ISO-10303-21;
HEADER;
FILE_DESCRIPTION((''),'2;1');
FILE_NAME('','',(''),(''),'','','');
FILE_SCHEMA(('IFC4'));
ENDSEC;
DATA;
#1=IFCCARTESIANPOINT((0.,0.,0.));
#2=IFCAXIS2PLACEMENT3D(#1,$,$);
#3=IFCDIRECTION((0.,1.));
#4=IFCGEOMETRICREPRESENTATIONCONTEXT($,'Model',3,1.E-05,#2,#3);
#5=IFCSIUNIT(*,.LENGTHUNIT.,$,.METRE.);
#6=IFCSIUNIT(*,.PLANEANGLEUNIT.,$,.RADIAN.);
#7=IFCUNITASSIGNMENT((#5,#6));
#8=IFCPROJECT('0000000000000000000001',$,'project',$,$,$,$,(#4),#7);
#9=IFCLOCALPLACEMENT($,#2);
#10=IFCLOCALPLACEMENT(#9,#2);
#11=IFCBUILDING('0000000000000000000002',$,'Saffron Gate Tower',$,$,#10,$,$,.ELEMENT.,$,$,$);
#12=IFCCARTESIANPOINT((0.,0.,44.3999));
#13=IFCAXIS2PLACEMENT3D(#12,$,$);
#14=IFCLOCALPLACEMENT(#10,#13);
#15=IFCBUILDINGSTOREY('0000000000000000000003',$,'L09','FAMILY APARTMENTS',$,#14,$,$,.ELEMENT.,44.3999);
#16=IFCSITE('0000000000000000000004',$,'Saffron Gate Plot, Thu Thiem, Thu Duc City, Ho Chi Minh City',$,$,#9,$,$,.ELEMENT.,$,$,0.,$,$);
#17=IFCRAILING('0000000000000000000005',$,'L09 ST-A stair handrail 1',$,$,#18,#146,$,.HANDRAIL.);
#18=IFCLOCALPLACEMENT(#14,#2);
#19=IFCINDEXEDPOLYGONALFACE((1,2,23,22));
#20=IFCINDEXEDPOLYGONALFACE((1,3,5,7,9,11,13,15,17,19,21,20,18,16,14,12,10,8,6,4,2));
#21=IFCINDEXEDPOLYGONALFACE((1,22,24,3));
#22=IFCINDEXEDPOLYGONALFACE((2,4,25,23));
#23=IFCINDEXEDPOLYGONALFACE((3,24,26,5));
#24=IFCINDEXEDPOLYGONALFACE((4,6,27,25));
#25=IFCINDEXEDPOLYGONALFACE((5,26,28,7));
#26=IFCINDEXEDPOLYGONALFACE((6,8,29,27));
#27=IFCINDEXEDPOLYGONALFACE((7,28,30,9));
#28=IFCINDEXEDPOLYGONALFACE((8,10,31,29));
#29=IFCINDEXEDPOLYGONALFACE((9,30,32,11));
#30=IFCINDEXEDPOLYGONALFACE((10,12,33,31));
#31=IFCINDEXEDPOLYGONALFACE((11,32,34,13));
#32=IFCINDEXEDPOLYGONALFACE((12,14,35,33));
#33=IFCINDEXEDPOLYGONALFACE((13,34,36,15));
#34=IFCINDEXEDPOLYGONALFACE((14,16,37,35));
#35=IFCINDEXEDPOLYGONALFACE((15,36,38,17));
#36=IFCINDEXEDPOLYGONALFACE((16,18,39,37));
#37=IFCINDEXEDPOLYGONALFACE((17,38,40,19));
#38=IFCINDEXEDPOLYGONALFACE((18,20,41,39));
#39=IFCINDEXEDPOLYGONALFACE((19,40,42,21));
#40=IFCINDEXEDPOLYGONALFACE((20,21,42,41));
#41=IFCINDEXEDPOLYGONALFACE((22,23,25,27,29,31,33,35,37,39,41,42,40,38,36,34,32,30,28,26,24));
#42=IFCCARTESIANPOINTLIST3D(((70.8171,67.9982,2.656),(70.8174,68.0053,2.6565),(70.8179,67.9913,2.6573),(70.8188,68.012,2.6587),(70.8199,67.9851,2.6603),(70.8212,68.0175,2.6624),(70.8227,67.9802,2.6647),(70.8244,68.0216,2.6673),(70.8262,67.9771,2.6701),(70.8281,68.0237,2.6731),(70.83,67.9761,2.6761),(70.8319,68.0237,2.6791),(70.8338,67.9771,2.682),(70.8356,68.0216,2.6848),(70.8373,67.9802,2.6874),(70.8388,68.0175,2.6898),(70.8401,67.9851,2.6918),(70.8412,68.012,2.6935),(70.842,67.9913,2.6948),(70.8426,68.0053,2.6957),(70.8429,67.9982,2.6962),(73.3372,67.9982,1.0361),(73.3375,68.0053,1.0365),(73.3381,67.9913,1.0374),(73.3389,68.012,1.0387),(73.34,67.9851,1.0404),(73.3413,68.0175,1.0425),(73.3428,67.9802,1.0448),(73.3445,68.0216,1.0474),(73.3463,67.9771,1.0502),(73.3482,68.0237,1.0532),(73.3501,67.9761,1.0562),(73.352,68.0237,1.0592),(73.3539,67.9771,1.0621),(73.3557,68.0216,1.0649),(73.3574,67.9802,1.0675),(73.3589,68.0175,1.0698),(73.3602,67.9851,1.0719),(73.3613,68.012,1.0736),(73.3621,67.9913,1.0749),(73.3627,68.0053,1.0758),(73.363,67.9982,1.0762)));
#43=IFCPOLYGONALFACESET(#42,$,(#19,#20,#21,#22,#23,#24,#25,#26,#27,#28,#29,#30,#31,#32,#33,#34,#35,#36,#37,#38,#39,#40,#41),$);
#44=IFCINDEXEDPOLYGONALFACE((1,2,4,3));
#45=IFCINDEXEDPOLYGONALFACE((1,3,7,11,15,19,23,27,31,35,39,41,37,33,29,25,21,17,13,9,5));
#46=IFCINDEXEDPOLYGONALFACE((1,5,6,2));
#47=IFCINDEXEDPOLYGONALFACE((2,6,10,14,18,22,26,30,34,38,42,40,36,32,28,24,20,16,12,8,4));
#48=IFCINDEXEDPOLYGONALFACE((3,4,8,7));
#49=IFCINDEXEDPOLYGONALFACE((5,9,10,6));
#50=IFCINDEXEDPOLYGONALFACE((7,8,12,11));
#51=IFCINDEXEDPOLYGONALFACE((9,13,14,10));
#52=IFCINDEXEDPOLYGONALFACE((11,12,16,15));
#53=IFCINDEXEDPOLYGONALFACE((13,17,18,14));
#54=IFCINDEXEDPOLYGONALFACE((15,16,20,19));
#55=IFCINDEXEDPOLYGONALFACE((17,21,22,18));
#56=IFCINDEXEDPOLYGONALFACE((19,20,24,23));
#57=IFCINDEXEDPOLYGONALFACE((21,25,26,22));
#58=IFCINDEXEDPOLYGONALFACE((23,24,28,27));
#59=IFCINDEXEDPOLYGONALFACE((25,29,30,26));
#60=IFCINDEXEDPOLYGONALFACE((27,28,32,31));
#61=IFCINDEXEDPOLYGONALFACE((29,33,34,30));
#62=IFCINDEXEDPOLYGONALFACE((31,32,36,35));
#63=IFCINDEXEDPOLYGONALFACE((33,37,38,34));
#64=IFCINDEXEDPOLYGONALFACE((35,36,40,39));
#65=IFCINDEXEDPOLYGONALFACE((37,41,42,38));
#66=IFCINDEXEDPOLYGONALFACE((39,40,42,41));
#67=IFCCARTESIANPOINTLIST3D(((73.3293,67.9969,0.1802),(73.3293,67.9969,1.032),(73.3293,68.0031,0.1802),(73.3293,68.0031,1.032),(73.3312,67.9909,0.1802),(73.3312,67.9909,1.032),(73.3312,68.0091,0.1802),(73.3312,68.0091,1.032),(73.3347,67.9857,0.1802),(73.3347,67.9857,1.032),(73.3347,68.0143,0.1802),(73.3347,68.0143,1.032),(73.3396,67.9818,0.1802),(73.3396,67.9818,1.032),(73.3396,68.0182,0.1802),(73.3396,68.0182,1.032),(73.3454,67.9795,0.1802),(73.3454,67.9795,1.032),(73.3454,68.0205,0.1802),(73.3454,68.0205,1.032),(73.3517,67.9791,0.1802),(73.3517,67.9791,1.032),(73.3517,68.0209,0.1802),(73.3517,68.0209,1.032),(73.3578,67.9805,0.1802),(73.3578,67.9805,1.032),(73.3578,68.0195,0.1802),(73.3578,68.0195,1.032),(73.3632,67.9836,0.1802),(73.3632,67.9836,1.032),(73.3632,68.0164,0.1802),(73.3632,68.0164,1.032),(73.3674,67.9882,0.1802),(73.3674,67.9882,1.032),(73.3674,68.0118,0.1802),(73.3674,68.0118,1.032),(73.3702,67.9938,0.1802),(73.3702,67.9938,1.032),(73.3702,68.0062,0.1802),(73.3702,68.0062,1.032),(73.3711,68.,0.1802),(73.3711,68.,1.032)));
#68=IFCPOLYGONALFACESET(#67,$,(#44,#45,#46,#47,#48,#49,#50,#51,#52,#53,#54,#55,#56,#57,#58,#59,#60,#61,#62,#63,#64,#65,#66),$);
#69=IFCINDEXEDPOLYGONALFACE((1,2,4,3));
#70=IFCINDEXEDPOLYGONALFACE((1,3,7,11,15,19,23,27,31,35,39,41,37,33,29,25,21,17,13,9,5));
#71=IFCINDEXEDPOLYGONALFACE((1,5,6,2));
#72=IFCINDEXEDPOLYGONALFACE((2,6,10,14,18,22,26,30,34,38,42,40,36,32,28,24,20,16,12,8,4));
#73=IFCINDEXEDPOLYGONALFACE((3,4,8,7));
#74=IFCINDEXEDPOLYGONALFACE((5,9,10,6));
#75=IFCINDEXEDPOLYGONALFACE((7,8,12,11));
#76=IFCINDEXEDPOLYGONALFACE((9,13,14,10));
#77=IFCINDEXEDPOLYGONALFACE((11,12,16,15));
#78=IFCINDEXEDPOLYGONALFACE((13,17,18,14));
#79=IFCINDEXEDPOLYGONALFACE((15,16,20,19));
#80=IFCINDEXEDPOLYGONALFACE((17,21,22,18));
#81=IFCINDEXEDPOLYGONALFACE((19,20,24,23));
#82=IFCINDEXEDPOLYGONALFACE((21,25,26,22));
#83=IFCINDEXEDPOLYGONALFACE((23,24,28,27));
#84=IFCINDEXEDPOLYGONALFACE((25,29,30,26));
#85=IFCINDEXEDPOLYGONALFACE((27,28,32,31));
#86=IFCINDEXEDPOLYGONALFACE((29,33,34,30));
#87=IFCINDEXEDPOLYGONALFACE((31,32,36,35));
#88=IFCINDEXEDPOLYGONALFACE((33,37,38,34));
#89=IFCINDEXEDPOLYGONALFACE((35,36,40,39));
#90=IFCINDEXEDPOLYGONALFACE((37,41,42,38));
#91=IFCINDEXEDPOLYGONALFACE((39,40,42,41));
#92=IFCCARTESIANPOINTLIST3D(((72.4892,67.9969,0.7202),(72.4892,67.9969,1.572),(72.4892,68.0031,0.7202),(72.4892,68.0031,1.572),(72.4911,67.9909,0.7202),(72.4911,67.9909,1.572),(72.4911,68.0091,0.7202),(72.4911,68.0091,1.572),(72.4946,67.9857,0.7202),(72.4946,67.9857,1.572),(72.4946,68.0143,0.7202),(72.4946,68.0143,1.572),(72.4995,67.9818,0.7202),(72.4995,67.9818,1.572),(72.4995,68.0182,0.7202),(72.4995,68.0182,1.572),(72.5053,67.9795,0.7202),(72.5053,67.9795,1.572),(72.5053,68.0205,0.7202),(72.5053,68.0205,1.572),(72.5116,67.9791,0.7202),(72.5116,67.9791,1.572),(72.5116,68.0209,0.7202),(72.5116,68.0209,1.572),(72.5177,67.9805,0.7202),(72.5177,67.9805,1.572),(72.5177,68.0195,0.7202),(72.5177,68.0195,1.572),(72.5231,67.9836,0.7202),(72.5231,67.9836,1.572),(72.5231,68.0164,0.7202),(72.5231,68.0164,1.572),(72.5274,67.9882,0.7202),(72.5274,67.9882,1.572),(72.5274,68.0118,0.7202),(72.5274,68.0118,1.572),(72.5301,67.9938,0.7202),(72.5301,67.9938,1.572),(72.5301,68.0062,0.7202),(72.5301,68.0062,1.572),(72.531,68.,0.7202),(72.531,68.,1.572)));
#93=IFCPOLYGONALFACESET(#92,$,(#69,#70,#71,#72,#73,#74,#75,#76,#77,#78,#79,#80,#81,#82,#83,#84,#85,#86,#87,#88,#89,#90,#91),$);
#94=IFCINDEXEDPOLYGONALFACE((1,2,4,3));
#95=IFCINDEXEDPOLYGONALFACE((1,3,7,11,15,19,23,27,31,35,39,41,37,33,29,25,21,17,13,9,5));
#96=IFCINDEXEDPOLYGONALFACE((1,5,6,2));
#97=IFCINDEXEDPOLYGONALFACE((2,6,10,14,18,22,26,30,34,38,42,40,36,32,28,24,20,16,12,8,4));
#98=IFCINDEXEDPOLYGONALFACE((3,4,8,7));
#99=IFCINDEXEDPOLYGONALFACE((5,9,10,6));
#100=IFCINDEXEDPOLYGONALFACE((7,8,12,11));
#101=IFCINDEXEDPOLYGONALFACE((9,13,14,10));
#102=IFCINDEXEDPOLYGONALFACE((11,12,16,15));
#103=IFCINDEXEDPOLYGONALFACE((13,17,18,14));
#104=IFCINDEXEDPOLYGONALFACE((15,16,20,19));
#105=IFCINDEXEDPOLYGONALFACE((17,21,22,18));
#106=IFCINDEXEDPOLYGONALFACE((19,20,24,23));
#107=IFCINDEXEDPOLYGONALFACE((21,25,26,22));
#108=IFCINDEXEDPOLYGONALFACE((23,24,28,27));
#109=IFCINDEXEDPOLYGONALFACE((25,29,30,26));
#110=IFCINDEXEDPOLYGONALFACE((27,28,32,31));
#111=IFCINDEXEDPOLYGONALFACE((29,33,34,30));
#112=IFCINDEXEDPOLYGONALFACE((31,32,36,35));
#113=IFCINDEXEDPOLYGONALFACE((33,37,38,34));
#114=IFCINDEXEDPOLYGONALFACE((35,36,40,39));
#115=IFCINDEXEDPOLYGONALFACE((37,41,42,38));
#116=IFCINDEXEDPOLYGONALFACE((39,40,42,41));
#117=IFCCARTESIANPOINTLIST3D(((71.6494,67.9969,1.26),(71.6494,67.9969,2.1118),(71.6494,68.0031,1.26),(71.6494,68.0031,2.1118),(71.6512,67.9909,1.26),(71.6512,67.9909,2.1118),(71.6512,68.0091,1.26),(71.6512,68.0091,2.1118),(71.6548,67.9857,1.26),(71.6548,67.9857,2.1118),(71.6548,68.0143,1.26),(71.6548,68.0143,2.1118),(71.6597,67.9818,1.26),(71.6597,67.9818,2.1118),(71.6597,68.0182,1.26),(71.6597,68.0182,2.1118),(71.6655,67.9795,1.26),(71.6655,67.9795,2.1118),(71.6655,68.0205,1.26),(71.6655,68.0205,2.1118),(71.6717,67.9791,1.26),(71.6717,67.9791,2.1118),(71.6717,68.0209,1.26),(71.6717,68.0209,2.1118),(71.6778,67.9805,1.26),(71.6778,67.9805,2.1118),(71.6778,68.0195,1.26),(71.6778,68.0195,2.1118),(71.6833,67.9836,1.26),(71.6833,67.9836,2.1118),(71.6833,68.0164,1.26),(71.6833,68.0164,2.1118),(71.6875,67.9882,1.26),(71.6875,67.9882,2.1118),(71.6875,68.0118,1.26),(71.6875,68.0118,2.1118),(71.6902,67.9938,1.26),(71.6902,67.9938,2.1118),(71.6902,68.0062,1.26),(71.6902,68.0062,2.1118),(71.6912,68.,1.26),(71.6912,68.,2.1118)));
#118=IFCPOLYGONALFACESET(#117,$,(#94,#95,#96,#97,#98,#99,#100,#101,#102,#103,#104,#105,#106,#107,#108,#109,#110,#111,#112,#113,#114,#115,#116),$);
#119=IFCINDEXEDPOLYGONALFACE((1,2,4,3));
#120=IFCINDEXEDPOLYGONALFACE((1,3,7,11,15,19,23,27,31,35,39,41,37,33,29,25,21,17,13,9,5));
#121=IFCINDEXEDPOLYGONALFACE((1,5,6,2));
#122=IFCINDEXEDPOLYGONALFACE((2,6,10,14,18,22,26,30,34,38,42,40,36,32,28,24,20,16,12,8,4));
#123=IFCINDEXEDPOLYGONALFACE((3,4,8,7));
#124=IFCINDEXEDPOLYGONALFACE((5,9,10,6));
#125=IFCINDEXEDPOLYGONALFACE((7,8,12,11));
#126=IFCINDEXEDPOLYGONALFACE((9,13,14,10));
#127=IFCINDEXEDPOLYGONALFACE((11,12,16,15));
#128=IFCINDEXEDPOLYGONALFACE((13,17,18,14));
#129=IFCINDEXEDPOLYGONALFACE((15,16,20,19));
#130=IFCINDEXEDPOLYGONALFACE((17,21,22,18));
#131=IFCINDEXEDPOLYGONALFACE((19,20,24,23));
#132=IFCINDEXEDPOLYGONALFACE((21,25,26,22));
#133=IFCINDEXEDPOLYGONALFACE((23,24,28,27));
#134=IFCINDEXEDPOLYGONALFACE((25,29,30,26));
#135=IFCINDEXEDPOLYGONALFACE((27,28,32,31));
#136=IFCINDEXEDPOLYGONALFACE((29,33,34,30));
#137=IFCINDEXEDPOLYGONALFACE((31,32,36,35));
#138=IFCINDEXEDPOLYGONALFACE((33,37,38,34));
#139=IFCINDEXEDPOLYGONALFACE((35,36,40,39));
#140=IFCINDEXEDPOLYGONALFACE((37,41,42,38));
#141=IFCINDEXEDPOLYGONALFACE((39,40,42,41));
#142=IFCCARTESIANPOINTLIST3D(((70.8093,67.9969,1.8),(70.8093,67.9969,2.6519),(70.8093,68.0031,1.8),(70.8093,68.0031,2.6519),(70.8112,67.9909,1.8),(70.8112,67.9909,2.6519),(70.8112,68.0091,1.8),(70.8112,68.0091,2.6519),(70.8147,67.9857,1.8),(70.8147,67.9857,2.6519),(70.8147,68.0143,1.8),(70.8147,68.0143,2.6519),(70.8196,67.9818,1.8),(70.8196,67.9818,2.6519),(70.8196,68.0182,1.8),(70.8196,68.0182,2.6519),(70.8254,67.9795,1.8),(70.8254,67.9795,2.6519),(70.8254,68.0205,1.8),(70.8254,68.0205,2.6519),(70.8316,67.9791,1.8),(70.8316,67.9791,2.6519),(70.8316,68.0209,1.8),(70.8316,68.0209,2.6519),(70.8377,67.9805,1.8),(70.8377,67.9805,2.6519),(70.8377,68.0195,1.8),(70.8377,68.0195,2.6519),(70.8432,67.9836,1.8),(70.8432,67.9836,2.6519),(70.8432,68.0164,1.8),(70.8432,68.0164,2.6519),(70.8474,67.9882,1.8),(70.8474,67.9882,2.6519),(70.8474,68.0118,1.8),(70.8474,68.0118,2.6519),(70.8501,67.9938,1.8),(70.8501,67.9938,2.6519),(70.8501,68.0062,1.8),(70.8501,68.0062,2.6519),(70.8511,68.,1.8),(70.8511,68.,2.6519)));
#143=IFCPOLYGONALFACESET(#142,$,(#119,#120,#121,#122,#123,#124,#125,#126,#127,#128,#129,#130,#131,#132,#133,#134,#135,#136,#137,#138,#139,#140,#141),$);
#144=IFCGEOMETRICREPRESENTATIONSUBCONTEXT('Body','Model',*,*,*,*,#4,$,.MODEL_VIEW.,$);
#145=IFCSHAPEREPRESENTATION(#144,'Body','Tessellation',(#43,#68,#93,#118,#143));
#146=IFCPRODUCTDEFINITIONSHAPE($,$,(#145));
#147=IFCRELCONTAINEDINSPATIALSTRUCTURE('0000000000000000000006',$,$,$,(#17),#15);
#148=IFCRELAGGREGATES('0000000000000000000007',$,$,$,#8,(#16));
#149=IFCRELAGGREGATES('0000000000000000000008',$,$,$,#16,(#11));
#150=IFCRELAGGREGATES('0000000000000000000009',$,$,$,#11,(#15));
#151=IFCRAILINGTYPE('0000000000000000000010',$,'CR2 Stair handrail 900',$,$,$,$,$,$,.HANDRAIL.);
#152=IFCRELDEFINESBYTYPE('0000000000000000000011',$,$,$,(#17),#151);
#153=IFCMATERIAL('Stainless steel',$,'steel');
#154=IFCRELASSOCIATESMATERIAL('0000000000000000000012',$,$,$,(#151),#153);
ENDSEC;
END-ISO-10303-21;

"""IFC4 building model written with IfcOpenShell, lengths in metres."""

from ifc_helpers import new_model, si_unit, direction, frame, origin, origin_2d, place, context, subcontext, project, spatial, circle, extrude, material, type_object, element, save


model = new_model("IFC4")

# Units and contexts
model_context = context("Model", 3, precision=1e-05, world=origin(), true_north=direction((0.0, 1.0)))
body_context = subcontext(model_context, "Body", "Model", "MODEL_VIEW")
ifc_project = project(units=[si_unit("LENGTHUNIT", "METRE"), si_unit("PLANEANGLEUNIT", "RADIAN")], contexts=[model_context])

# Site, building, storey
site_placement = place(None, origin())
site = spatial("IfcSite", under=ifc_project, at=site_placement, Name="Saffron Gate Plot, Thu Thiem, Thu Duc City, Ho Chi Minh City", CompositionType="ELEMENT", RefElevation=0.0)
building_placement = place(site_placement, origin())
building = spatial("IfcBuilding", under=site, at=building_placement, Name="Saffron Gate Tower", CompositionType="ELEMENT")
storey_placement = place(building_placement, frame((0.0, 0.0, 44.3999)))
storey = spatial("IfcBuildingStorey", under=building, at=storey_placement, Name="L09", Description="FAMILY APARTMENTS", CompositionType="ELEMENT", Elevation=44.3999)

# Railing
ifc_material_1 = material(Name="Stainless steel", Category="steel")
railing_type = type_object("IfcRailingType", Name="CR2 Stair handrail 900", PredefinedType="HANDRAIL", material=ifc_material_1)
railing_placement = place(storey_placement, frame((73.3501, 68.0, 0.1802)))
element("IfcRailing", 1, at=railing_placement, inside=storey, type_object=railing_type, Name="L09 ST-A stair handrail 1", PredefinedType="HANDRAIL", context=body_context, shape_type="SweptSolid", body=[
    extrude(circle(Radius=0.0239, at=origin_2d()), frame((0.0, 0.0, 0.876), z_axis=(-0.8412, 0.0, 0.540725), x_axis=(0.0, -1.0, 0.0)), (0.0, 0.0, 1.0), 2.9958),
    extrude(circle(Radius=0.021, at=origin_2d()), origin(), (0.0, 0.0, 1.0), 0.8518),
    extrude(circle(Radius=0.021, at=origin_2d()), frame((-0.8401, 0.0, 0.54)), (0.0, 0.0, 1.0), 0.8518),
    extrude(circle(Radius=0.021, at=origin_2d()), frame((-1.6799, 0.0, 1.0798)), (0.0, 0.0, 1.0), 0.8518),
    extrude(circle(Radius=0.021, at=origin_2d()), frame((-2.52, 0.0, 1.6199)), (0.0, 0.0, 1.0), 0.8518),
])

save(model, "model.ifc")
